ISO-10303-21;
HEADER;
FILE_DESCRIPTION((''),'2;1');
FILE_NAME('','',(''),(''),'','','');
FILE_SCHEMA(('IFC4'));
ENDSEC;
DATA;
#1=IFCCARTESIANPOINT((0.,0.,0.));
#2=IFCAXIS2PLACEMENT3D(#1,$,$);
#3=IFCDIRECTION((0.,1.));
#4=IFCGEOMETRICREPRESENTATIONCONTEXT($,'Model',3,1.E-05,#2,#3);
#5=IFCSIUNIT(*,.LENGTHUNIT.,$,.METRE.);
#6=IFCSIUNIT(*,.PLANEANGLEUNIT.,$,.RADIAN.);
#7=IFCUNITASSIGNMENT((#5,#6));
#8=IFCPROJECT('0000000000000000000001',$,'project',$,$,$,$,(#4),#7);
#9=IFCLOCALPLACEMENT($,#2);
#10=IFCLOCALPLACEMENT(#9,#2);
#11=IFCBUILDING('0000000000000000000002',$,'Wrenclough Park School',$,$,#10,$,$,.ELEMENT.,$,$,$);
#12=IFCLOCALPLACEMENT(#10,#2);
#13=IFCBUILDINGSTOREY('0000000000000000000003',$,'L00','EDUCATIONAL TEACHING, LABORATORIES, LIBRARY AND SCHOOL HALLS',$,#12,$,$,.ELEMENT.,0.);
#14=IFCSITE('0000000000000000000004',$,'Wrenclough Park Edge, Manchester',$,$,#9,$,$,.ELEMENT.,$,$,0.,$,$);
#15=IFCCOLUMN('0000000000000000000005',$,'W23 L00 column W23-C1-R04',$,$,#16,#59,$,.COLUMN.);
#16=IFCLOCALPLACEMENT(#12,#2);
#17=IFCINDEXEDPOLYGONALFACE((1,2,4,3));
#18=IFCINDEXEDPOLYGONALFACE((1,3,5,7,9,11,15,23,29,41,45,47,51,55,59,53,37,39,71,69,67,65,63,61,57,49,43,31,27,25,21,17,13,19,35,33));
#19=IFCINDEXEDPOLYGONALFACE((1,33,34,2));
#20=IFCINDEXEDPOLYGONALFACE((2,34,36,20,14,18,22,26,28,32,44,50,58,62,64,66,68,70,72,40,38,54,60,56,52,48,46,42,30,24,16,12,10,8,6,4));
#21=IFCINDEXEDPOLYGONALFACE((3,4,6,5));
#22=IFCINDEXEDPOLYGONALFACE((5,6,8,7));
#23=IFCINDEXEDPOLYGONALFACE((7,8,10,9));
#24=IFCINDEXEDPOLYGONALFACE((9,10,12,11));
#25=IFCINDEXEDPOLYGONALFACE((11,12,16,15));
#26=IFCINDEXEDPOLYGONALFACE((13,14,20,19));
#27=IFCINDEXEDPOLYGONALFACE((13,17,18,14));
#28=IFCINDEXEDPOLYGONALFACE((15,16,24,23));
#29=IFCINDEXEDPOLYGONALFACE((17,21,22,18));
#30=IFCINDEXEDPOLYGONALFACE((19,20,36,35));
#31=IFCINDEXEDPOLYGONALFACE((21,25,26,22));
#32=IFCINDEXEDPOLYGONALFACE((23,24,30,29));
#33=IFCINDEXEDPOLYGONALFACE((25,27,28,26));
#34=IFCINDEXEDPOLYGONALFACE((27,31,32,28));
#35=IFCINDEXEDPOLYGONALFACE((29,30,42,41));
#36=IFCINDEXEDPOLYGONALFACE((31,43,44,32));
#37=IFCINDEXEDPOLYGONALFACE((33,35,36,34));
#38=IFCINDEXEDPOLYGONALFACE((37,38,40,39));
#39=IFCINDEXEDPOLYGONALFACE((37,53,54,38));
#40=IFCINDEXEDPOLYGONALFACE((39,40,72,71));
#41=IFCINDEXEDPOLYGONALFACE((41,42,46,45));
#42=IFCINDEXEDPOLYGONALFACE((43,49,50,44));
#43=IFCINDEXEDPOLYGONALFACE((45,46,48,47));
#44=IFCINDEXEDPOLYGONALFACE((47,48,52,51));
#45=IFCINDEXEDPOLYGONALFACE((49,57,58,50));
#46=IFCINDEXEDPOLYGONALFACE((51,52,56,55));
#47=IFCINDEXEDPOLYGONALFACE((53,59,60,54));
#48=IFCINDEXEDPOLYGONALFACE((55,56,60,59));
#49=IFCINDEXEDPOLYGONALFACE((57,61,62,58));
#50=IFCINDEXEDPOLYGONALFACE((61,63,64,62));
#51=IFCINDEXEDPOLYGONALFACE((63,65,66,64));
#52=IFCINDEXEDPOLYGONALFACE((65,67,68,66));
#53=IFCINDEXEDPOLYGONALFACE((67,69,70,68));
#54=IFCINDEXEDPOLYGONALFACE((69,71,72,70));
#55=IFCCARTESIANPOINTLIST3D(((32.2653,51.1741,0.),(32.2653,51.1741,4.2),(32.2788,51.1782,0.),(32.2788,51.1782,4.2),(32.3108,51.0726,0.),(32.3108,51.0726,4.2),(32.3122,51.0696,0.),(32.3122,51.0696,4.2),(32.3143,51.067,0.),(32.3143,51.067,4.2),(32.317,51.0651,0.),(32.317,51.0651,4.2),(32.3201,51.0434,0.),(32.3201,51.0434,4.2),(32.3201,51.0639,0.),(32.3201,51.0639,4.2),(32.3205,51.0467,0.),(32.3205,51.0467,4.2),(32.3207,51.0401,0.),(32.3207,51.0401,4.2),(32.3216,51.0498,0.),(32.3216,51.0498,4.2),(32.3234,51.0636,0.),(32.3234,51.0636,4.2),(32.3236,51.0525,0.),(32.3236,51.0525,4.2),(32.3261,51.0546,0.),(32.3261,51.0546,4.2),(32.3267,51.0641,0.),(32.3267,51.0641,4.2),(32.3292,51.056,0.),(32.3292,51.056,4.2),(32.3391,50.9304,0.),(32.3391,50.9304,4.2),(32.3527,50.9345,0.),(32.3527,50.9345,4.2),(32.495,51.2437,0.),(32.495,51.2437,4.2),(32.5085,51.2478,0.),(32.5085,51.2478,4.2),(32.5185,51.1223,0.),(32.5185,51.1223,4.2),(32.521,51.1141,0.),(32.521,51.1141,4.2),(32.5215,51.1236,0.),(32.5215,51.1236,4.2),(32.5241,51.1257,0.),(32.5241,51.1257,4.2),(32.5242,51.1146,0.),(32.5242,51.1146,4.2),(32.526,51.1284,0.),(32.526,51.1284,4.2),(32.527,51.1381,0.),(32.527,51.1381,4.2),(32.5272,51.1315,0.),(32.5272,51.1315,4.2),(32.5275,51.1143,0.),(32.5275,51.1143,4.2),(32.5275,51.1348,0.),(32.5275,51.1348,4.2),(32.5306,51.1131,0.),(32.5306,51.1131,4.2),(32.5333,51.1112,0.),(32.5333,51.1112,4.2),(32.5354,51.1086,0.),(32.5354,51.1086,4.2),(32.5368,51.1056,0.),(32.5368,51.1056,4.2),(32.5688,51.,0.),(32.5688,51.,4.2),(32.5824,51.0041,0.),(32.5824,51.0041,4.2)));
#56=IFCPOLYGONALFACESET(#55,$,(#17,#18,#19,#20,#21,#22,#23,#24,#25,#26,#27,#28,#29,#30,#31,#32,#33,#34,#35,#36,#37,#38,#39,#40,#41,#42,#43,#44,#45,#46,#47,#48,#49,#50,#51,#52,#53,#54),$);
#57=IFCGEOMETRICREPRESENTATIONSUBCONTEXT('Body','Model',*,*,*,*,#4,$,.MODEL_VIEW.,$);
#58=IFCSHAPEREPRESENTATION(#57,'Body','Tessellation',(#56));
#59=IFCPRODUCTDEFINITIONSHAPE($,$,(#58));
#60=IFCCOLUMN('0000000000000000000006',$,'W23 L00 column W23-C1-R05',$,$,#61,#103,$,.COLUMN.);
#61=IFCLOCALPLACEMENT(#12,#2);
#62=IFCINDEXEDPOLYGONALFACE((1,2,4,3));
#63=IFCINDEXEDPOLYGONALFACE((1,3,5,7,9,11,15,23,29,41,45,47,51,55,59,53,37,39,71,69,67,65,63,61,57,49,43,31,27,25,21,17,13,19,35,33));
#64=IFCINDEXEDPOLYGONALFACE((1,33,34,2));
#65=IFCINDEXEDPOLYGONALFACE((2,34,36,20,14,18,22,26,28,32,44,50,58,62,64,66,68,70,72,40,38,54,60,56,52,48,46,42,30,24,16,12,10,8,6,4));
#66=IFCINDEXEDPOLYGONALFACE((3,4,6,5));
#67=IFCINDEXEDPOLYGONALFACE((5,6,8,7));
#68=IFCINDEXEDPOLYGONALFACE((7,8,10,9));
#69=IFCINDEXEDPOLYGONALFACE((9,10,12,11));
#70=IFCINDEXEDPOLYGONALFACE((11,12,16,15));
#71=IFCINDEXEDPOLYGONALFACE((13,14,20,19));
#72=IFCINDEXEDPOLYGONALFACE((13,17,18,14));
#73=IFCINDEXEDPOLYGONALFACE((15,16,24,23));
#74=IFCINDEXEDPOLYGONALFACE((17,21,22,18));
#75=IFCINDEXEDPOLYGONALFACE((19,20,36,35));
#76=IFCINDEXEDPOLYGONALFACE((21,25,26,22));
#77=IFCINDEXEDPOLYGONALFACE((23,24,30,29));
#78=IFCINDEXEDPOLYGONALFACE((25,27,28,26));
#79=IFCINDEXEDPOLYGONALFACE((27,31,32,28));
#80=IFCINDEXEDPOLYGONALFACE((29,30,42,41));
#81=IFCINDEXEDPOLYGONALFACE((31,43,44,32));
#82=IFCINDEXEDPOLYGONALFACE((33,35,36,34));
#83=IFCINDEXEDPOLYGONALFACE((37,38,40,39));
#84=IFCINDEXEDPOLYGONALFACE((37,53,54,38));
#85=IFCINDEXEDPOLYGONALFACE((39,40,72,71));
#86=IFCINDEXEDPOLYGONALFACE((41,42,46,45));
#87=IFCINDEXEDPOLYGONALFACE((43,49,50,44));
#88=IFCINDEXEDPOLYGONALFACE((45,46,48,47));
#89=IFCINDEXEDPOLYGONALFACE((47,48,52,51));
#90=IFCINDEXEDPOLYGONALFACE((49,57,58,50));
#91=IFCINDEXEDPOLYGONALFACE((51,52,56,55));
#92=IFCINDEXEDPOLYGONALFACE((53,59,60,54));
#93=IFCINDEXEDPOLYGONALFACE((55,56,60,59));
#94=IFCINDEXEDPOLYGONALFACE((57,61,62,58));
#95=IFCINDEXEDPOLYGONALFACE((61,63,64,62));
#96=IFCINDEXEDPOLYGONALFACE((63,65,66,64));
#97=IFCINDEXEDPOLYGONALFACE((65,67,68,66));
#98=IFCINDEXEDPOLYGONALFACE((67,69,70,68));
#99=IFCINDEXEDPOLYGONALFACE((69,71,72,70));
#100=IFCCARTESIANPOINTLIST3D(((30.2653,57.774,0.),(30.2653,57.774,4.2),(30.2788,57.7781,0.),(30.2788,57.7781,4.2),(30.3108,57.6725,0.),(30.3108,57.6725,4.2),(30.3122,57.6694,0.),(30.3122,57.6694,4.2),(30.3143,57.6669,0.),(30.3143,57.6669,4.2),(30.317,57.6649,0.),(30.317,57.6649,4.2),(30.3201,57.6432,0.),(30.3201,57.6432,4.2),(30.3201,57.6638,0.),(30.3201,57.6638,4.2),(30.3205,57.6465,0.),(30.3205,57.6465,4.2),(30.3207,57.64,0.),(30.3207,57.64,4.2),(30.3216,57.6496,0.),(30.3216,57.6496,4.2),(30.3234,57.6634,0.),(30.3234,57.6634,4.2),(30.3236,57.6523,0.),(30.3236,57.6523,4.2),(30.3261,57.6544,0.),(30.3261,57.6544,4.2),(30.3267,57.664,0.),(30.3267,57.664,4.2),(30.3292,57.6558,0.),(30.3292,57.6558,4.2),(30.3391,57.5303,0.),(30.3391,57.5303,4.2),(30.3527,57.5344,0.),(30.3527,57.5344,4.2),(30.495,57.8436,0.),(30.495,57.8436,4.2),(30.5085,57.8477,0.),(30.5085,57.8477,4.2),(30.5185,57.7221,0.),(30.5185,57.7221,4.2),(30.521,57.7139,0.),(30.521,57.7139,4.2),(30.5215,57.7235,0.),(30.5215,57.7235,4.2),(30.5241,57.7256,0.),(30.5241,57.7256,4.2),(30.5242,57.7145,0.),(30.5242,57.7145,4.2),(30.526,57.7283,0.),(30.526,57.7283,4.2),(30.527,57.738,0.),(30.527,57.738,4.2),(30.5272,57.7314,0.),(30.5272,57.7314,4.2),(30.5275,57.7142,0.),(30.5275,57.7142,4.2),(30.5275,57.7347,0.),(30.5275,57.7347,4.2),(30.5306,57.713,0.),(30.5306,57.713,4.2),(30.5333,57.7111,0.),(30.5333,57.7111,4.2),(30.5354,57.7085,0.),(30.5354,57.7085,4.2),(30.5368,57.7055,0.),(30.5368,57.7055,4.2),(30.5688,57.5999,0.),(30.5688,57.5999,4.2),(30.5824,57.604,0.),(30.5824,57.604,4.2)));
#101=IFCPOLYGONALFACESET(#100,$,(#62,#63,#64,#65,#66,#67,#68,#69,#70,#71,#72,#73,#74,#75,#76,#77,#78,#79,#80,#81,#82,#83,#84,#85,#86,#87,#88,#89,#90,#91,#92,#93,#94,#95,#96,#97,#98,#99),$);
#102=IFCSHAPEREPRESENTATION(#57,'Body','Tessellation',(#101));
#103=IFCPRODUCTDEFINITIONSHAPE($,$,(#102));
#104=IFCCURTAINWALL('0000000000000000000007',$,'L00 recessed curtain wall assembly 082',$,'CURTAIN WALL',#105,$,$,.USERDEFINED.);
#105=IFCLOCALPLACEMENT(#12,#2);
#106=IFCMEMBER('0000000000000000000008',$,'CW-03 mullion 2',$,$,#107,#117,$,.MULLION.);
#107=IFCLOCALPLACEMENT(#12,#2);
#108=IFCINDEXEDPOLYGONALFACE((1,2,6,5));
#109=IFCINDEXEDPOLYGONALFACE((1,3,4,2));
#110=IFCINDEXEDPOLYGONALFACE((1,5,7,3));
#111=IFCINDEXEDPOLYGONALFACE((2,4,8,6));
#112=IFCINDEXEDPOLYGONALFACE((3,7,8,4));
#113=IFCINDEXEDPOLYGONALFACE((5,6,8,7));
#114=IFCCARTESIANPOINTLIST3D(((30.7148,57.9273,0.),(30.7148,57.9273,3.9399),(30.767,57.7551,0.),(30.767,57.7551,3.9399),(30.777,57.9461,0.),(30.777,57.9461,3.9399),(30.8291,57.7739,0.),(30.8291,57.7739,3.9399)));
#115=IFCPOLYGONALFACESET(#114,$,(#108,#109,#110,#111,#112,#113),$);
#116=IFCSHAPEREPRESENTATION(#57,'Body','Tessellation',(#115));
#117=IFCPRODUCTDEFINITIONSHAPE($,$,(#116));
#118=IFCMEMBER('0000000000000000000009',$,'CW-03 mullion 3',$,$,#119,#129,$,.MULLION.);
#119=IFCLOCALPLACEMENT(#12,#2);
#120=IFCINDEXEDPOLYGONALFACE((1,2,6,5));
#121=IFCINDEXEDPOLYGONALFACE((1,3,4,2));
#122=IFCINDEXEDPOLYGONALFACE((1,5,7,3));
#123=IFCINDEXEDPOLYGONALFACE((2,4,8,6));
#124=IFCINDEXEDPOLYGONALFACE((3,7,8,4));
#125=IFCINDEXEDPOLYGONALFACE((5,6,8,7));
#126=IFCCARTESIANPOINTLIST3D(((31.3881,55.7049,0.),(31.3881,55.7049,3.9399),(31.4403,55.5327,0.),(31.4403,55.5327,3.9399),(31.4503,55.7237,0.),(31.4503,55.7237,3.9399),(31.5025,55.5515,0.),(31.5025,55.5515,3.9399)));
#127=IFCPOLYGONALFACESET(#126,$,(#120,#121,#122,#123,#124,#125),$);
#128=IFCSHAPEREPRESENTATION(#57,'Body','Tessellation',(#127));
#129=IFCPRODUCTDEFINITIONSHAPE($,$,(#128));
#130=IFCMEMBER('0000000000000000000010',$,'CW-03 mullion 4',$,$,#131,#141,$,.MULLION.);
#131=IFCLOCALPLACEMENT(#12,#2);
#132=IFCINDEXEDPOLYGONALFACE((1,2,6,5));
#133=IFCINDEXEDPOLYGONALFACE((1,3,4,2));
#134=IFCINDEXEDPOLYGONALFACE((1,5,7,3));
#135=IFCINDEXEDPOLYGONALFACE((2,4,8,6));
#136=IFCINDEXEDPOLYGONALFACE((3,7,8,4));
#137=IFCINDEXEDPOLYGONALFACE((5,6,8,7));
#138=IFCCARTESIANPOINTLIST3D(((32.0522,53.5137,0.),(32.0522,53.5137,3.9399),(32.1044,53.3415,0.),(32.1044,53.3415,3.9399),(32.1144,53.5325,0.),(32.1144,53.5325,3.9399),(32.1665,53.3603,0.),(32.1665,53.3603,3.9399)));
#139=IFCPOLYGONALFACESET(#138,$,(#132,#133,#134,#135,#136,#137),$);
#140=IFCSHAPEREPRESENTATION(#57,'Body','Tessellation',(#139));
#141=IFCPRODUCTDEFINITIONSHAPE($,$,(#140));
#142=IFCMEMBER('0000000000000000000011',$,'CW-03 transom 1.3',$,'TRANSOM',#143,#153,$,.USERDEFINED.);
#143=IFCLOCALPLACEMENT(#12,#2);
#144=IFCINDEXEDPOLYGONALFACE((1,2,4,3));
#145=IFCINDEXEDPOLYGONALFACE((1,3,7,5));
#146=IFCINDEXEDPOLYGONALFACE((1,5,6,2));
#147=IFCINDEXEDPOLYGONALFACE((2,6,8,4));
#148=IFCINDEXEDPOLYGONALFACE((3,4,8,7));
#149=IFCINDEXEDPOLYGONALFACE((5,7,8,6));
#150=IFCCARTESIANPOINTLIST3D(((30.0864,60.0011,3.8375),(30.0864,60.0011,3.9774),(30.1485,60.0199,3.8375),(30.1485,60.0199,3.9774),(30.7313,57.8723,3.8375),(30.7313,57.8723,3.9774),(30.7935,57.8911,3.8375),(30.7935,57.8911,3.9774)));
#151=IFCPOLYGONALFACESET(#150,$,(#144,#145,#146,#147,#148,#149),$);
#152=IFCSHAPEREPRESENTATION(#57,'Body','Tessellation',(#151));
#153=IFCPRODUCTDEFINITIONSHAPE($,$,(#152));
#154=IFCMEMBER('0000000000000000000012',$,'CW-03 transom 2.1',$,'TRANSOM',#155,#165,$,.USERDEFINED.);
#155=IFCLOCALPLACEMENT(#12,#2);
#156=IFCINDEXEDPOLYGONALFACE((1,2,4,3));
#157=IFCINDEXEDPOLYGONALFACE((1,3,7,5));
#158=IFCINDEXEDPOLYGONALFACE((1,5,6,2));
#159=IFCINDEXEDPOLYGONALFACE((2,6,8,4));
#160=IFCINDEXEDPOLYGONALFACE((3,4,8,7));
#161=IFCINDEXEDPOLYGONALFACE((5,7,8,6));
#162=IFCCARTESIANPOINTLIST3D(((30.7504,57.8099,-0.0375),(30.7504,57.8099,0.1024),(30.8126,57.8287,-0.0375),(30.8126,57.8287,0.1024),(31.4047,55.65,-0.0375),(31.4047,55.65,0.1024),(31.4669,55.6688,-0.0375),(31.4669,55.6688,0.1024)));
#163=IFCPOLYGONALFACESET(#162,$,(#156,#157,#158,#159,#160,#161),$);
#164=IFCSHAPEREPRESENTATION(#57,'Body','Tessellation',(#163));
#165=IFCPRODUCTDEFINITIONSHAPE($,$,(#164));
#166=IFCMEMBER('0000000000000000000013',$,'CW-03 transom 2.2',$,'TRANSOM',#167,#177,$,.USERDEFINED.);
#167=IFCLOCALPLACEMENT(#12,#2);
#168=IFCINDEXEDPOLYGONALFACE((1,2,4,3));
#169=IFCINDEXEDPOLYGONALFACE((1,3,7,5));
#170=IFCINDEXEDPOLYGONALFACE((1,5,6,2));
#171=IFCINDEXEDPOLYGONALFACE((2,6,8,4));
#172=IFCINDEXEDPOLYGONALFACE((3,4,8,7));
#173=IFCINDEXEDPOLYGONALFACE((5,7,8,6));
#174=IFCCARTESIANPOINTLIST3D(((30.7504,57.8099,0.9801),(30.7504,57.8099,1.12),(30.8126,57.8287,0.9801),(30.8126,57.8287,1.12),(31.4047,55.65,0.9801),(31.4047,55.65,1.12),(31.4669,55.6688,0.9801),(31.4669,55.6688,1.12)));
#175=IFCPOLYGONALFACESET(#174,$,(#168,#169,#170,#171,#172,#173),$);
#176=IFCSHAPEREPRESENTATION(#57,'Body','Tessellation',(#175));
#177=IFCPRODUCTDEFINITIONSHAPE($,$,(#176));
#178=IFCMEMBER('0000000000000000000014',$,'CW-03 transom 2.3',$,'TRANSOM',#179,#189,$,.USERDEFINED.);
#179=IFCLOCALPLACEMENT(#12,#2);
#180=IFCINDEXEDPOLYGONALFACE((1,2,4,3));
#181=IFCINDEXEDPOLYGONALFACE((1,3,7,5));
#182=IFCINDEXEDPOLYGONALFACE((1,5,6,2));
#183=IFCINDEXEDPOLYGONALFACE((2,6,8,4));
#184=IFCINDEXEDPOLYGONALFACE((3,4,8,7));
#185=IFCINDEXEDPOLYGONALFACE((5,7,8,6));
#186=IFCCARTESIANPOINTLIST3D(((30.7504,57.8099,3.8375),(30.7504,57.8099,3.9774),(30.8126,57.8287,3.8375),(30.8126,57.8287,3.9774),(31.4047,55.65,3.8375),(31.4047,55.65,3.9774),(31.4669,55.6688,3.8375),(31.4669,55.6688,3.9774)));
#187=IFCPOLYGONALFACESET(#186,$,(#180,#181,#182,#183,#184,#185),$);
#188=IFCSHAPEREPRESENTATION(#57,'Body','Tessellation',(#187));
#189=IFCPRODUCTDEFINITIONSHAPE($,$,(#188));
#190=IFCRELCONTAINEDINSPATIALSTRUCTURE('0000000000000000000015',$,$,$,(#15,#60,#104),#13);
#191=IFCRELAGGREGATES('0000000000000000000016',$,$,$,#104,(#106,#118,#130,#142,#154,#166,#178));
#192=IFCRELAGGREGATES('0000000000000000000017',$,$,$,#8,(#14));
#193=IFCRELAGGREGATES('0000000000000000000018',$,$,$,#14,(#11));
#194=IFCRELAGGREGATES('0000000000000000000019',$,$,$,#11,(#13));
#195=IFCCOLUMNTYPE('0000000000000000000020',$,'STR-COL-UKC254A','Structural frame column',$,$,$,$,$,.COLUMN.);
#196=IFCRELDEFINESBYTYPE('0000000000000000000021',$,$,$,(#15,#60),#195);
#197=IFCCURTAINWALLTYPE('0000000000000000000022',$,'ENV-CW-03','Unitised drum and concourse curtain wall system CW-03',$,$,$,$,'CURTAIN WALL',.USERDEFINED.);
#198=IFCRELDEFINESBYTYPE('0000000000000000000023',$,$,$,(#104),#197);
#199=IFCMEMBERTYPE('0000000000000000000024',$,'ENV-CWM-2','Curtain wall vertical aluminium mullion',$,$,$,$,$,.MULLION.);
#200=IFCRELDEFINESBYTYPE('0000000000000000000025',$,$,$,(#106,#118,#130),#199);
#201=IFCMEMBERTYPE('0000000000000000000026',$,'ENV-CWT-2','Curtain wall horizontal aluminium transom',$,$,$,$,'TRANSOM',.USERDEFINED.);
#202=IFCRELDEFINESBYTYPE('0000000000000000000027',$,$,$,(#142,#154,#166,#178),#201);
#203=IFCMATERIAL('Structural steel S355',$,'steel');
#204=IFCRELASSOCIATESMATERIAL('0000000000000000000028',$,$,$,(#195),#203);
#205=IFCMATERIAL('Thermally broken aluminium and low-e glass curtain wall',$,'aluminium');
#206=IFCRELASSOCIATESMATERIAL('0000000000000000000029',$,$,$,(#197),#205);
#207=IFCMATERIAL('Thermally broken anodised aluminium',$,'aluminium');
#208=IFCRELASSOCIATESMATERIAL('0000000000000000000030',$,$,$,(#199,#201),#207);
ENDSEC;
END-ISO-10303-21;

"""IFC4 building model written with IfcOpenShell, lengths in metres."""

from ifc_helpers import new_model, si_unit, direction, frame, origin, origin_2d, place, context, subcontext, project, spatial, rectangle, i_section, extrude, material, material_profile, profile_set, type_object, element, aggregate, save


model = new_model("IFC4")

# Units and contexts
model_context = context("Model", 3, precision=1e-05, world=origin(), true_north=direction((0.0, 1.0)))
body_context = subcontext(model_context, "Body", "Model", "MODEL_VIEW")
ifc_project = project(units=[si_unit("LENGTHUNIT", "METRE"), si_unit("PLANEANGLEUNIT", "RADIAN")], contexts=[model_context])

# Site, building, storey
site_placement = place(None, origin())
site = spatial("IfcSite", under=ifc_project, at=site_placement, Name="Wrenclough Park Edge, Manchester", CompositionType="ELEMENT", RefElevation=0.0)
building_placement = place(site_placement, origin())
building = spatial("IfcBuilding", under=site, at=building_placement, Name="Wrenclough Park School", CompositionType="ELEMENT")
storey_placement = place(building_placement, origin())
storey = spatial("IfcBuildingStorey", under=building, at=storey_placement, Name="L00", Description="EDUCATIONAL TEACHING, LABORATORIES, LIBRARY AND SCHOOL HALLS", CompositionType="ELEMENT", Elevation=0.0)

# Columns
ifc_material_1 = material(Name="Structural steel S355", Category="steel")
ifc_material_profile_1 = material_profile(ifc_material_1, i_section(OverallWidth=0.2546, OverallDepth=0.2542, WebThickness=0.0085, FlangeThickness=0.0142, FilletRadius=0.0127, at=origin_2d()), Name="UKC 254x254x73")
ifc_profile_set_1 = profile_set([ifc_material_profile_1], Name="Structural steel S355")
column_type = type_object("IfcColumnType", Name="STR-COL-UKC254A", Description="Structural frame column", PredefinedType="COLUMN", material=ifc_profile_set_1)
for number, where, z_axis, x_axis, name in (
    (1, (32.4238, 51.0891, 0.0), (0.0, 0.0, 1.0), (-0.290034, 0.957016, 0.0), "W23 L00 column W23-C1-R04"),
    (2, (30.4238, 57.689, 0.0), (0.0, 0.0, 1.0), (-0.290034, 0.957016, 0.0), "W23 L00 column W23-C1-R05"),
):
    element("IfcColumn", number, at=place(storey_placement, frame(where, z_axis=z_axis, x_axis=x_axis)), inside=storey, type_object=column_type, Name=name, PredefinedType="COLUMN", context=body_context, shape_type="SweptSolid", body=[
        extrude(i_section(OverallWidth=0.2546, OverallDepth=0.2542, WebThickness=0.0085, FlangeThickness=0.0142, FilletRadius=0.0127, at=origin_2d()), origin(), (0.0, 0.0, 1.0), 4.2),
    ])

# Curtain wall, members
ifc_material_2 = material(Name="Thermally broken aluminium and low-e glass curtain wall", Category="aluminium")
curtain_wall_type = type_object("IfcCurtainWallType", Name="ENV-CW-03", Description="Unitised drum and concourse curtain wall system CW-03", ElementType="CURTAIN WALL", PredefinedType="USERDEFINED", material=ifc_material_2)
curtain_wall_placement = place(storey_placement, origin())
curtain_wall = element("IfcCurtainWall", 3, at=curtain_wall_placement, inside=storey, type_object=curtain_wall_type, Name="L00 recessed curtain wall assembly 082", ObjectType="CURTAIN WALL", PredefinedType="USERDEFINED")
ifc_material_3 = material(Name="Thermally broken anodised aluminium", Category="aluminium")
ifc_material_profile_2 = material_profile(ifc_material_3, rectangle(XDim=0.0649, YDim=0.1799, at=origin_2d()), Name="AL MULLION 65x180")
ifc_profile_set_2 = profile_set([ifc_material_profile_2], Name="Thermally broken anodised aluminium")
member_type_1 = type_object("IfcMemberType", Name="ENV-CWM-2", Description="Curtain wall vertical aluminium mullion", PredefinedType="MULLION", material=ifc_profile_set_2)
member_1_placement = place(storey_placement, frame((30.772, 57.8506, 0.0), z_axis=(0.0, 0.0, 1.0), x_axis=(0.957029, 0.289993, 0.0)))
member_1 = element("IfcMember", 4, at=member_1_placement, type_object=member_type_1, Name="CW-03 mullion 2", PredefinedType="MULLION", context=body_context, shape_type="SweptSolid", body=[
    extrude(rectangle(XDim=0.0649, YDim=0.1799, at=origin_2d()), origin(), (0.0, 0.0, 1.0), 3.9399),
])
member_2_placement = place(storey_placement, frame((31.4453, 55.6282, 0.0), z_axis=(0.0, 0.0, 1.0), x_axis=(0.957029, 0.289993, 0.0)))
member_2 = element("IfcMember", 5, at=member_2_placement, type_object=member_type_1, Name="CW-03 mullion 3", PredefinedType="MULLION", context=body_context, shape_type="SweptSolid", body=[
    extrude(rectangle(XDim=0.0649, YDim=0.1799, at=origin_2d()), origin(), (0.0, 0.0, 1.0), 3.9399),
])
member_3_placement = place(storey_placement, frame((32.1094, 53.437, 0.0), z_axis=(0.0, 0.0, 1.0), x_axis=(0.957029, 0.289993, 0.0)))
member_3 = element("IfcMember", 6, at=member_3_placement, type_object=member_type_1, Name="CW-03 mullion 4", PredefinedType="MULLION", context=body_context, shape_type="SweptSolid", body=[
    extrude(rectangle(XDim=0.0649, YDim=0.1799, at=origin_2d()), origin(), (0.0, 0.0, 1.0), 3.9399),
])
ifc_material_profile_3 = material_profile(ifc_material_3, rectangle(XDim=0.0649, YDim=0.1399, at=origin_2d()), Name="AL TRANSOM 65x140")
ifc_profile_set_3 = profile_set([ifc_material_profile_3], Name="Thermally broken anodised aluminium")
member_type_2 = type_object("IfcMemberType", Name="ENV-CWT-2", Description="Curtain wall horizontal aluminium transom", ElementType="TRANSOM", PredefinedType="USERDEFINED", material=ifc_profile_set_3)
member_4_placement = place(storey_placement, frame((30.1174, 60.0105, 3.9075), z_axis=(0.289965, -0.957037, 0.0), x_axis=(0.957037, 0.289965, 0.0)))
member_4 = element("IfcMember", 7, at=member_4_placement, type_object=member_type_2, Name="CW-03 transom 1.3", ObjectType="TRANSOM", PredefinedType="USERDEFINED", context=body_context, shape_type="SweptSolid", body=[
    extrude(rectangle(XDim=0.0649, YDim=0.1399, at=origin_2d()), origin(), (0.0, 0.0, 1.0), 2.2244),
])
member_5_placement = place(storey_placement, frame((30.7815, 57.8193, 0.0325), z_axis=(0.289917, -0.957052, 0.0), x_axis=(0.957052, 0.289917, 0.0)))
member_5 = element("IfcMember", 8, at=member_5_placement, type_object=member_type_2, Name="CW-03 transom 2.1", ObjectType="TRANSOM", PredefinedType="USERDEFINED", context=body_context, shape_type="SweptSolid", body=[
    extrude(rectangle(XDim=0.0649, YDim=0.1399, at=origin_2d()), origin(), (0.0, 0.0, 1.0), 2.2568),
])
member_6_placement = place(storey_placement, frame((30.7815, 57.8193, 1.05), z_axis=(0.289917, -0.957052, 0.0), x_axis=(0.957052, 0.289917, 0.0)))
member_6 = element("IfcMember", 9, at=member_6_placement, type_object=member_type_2, Name="CW-03 transom 2.2", ObjectType="TRANSOM", PredefinedType="USERDEFINED", context=body_context, shape_type="SweptSolid", body=[
    extrude(rectangle(XDim=0.0649, YDim=0.1399, at=origin_2d()), origin(), (0.0, 0.0, 1.0), 2.2568),
])
member_7_placement = place(storey_placement, frame((30.7815, 57.8193, 3.9075), z_axis=(0.289917, -0.957052, 0.0), x_axis=(0.957052, 0.289917, 0.0)))
member_7 = element("IfcMember", 10, at=member_7_placement, type_object=member_type_2, Name="CW-03 transom 2.3", ObjectType="TRANSOM", PredefinedType="USERDEFINED", context=body_context, shape_type="SweptSolid", body=[
    extrude(rectangle(XDim=0.0649, YDim=0.1399, at=origin_2d()), origin(), (0.0, 0.0, 1.0), 2.2568),
])

aggregate(curtain_wall, [member_1, member_2, member_3, member_4, member_5, member_6, member_7])

save(model, "model.ifc")
